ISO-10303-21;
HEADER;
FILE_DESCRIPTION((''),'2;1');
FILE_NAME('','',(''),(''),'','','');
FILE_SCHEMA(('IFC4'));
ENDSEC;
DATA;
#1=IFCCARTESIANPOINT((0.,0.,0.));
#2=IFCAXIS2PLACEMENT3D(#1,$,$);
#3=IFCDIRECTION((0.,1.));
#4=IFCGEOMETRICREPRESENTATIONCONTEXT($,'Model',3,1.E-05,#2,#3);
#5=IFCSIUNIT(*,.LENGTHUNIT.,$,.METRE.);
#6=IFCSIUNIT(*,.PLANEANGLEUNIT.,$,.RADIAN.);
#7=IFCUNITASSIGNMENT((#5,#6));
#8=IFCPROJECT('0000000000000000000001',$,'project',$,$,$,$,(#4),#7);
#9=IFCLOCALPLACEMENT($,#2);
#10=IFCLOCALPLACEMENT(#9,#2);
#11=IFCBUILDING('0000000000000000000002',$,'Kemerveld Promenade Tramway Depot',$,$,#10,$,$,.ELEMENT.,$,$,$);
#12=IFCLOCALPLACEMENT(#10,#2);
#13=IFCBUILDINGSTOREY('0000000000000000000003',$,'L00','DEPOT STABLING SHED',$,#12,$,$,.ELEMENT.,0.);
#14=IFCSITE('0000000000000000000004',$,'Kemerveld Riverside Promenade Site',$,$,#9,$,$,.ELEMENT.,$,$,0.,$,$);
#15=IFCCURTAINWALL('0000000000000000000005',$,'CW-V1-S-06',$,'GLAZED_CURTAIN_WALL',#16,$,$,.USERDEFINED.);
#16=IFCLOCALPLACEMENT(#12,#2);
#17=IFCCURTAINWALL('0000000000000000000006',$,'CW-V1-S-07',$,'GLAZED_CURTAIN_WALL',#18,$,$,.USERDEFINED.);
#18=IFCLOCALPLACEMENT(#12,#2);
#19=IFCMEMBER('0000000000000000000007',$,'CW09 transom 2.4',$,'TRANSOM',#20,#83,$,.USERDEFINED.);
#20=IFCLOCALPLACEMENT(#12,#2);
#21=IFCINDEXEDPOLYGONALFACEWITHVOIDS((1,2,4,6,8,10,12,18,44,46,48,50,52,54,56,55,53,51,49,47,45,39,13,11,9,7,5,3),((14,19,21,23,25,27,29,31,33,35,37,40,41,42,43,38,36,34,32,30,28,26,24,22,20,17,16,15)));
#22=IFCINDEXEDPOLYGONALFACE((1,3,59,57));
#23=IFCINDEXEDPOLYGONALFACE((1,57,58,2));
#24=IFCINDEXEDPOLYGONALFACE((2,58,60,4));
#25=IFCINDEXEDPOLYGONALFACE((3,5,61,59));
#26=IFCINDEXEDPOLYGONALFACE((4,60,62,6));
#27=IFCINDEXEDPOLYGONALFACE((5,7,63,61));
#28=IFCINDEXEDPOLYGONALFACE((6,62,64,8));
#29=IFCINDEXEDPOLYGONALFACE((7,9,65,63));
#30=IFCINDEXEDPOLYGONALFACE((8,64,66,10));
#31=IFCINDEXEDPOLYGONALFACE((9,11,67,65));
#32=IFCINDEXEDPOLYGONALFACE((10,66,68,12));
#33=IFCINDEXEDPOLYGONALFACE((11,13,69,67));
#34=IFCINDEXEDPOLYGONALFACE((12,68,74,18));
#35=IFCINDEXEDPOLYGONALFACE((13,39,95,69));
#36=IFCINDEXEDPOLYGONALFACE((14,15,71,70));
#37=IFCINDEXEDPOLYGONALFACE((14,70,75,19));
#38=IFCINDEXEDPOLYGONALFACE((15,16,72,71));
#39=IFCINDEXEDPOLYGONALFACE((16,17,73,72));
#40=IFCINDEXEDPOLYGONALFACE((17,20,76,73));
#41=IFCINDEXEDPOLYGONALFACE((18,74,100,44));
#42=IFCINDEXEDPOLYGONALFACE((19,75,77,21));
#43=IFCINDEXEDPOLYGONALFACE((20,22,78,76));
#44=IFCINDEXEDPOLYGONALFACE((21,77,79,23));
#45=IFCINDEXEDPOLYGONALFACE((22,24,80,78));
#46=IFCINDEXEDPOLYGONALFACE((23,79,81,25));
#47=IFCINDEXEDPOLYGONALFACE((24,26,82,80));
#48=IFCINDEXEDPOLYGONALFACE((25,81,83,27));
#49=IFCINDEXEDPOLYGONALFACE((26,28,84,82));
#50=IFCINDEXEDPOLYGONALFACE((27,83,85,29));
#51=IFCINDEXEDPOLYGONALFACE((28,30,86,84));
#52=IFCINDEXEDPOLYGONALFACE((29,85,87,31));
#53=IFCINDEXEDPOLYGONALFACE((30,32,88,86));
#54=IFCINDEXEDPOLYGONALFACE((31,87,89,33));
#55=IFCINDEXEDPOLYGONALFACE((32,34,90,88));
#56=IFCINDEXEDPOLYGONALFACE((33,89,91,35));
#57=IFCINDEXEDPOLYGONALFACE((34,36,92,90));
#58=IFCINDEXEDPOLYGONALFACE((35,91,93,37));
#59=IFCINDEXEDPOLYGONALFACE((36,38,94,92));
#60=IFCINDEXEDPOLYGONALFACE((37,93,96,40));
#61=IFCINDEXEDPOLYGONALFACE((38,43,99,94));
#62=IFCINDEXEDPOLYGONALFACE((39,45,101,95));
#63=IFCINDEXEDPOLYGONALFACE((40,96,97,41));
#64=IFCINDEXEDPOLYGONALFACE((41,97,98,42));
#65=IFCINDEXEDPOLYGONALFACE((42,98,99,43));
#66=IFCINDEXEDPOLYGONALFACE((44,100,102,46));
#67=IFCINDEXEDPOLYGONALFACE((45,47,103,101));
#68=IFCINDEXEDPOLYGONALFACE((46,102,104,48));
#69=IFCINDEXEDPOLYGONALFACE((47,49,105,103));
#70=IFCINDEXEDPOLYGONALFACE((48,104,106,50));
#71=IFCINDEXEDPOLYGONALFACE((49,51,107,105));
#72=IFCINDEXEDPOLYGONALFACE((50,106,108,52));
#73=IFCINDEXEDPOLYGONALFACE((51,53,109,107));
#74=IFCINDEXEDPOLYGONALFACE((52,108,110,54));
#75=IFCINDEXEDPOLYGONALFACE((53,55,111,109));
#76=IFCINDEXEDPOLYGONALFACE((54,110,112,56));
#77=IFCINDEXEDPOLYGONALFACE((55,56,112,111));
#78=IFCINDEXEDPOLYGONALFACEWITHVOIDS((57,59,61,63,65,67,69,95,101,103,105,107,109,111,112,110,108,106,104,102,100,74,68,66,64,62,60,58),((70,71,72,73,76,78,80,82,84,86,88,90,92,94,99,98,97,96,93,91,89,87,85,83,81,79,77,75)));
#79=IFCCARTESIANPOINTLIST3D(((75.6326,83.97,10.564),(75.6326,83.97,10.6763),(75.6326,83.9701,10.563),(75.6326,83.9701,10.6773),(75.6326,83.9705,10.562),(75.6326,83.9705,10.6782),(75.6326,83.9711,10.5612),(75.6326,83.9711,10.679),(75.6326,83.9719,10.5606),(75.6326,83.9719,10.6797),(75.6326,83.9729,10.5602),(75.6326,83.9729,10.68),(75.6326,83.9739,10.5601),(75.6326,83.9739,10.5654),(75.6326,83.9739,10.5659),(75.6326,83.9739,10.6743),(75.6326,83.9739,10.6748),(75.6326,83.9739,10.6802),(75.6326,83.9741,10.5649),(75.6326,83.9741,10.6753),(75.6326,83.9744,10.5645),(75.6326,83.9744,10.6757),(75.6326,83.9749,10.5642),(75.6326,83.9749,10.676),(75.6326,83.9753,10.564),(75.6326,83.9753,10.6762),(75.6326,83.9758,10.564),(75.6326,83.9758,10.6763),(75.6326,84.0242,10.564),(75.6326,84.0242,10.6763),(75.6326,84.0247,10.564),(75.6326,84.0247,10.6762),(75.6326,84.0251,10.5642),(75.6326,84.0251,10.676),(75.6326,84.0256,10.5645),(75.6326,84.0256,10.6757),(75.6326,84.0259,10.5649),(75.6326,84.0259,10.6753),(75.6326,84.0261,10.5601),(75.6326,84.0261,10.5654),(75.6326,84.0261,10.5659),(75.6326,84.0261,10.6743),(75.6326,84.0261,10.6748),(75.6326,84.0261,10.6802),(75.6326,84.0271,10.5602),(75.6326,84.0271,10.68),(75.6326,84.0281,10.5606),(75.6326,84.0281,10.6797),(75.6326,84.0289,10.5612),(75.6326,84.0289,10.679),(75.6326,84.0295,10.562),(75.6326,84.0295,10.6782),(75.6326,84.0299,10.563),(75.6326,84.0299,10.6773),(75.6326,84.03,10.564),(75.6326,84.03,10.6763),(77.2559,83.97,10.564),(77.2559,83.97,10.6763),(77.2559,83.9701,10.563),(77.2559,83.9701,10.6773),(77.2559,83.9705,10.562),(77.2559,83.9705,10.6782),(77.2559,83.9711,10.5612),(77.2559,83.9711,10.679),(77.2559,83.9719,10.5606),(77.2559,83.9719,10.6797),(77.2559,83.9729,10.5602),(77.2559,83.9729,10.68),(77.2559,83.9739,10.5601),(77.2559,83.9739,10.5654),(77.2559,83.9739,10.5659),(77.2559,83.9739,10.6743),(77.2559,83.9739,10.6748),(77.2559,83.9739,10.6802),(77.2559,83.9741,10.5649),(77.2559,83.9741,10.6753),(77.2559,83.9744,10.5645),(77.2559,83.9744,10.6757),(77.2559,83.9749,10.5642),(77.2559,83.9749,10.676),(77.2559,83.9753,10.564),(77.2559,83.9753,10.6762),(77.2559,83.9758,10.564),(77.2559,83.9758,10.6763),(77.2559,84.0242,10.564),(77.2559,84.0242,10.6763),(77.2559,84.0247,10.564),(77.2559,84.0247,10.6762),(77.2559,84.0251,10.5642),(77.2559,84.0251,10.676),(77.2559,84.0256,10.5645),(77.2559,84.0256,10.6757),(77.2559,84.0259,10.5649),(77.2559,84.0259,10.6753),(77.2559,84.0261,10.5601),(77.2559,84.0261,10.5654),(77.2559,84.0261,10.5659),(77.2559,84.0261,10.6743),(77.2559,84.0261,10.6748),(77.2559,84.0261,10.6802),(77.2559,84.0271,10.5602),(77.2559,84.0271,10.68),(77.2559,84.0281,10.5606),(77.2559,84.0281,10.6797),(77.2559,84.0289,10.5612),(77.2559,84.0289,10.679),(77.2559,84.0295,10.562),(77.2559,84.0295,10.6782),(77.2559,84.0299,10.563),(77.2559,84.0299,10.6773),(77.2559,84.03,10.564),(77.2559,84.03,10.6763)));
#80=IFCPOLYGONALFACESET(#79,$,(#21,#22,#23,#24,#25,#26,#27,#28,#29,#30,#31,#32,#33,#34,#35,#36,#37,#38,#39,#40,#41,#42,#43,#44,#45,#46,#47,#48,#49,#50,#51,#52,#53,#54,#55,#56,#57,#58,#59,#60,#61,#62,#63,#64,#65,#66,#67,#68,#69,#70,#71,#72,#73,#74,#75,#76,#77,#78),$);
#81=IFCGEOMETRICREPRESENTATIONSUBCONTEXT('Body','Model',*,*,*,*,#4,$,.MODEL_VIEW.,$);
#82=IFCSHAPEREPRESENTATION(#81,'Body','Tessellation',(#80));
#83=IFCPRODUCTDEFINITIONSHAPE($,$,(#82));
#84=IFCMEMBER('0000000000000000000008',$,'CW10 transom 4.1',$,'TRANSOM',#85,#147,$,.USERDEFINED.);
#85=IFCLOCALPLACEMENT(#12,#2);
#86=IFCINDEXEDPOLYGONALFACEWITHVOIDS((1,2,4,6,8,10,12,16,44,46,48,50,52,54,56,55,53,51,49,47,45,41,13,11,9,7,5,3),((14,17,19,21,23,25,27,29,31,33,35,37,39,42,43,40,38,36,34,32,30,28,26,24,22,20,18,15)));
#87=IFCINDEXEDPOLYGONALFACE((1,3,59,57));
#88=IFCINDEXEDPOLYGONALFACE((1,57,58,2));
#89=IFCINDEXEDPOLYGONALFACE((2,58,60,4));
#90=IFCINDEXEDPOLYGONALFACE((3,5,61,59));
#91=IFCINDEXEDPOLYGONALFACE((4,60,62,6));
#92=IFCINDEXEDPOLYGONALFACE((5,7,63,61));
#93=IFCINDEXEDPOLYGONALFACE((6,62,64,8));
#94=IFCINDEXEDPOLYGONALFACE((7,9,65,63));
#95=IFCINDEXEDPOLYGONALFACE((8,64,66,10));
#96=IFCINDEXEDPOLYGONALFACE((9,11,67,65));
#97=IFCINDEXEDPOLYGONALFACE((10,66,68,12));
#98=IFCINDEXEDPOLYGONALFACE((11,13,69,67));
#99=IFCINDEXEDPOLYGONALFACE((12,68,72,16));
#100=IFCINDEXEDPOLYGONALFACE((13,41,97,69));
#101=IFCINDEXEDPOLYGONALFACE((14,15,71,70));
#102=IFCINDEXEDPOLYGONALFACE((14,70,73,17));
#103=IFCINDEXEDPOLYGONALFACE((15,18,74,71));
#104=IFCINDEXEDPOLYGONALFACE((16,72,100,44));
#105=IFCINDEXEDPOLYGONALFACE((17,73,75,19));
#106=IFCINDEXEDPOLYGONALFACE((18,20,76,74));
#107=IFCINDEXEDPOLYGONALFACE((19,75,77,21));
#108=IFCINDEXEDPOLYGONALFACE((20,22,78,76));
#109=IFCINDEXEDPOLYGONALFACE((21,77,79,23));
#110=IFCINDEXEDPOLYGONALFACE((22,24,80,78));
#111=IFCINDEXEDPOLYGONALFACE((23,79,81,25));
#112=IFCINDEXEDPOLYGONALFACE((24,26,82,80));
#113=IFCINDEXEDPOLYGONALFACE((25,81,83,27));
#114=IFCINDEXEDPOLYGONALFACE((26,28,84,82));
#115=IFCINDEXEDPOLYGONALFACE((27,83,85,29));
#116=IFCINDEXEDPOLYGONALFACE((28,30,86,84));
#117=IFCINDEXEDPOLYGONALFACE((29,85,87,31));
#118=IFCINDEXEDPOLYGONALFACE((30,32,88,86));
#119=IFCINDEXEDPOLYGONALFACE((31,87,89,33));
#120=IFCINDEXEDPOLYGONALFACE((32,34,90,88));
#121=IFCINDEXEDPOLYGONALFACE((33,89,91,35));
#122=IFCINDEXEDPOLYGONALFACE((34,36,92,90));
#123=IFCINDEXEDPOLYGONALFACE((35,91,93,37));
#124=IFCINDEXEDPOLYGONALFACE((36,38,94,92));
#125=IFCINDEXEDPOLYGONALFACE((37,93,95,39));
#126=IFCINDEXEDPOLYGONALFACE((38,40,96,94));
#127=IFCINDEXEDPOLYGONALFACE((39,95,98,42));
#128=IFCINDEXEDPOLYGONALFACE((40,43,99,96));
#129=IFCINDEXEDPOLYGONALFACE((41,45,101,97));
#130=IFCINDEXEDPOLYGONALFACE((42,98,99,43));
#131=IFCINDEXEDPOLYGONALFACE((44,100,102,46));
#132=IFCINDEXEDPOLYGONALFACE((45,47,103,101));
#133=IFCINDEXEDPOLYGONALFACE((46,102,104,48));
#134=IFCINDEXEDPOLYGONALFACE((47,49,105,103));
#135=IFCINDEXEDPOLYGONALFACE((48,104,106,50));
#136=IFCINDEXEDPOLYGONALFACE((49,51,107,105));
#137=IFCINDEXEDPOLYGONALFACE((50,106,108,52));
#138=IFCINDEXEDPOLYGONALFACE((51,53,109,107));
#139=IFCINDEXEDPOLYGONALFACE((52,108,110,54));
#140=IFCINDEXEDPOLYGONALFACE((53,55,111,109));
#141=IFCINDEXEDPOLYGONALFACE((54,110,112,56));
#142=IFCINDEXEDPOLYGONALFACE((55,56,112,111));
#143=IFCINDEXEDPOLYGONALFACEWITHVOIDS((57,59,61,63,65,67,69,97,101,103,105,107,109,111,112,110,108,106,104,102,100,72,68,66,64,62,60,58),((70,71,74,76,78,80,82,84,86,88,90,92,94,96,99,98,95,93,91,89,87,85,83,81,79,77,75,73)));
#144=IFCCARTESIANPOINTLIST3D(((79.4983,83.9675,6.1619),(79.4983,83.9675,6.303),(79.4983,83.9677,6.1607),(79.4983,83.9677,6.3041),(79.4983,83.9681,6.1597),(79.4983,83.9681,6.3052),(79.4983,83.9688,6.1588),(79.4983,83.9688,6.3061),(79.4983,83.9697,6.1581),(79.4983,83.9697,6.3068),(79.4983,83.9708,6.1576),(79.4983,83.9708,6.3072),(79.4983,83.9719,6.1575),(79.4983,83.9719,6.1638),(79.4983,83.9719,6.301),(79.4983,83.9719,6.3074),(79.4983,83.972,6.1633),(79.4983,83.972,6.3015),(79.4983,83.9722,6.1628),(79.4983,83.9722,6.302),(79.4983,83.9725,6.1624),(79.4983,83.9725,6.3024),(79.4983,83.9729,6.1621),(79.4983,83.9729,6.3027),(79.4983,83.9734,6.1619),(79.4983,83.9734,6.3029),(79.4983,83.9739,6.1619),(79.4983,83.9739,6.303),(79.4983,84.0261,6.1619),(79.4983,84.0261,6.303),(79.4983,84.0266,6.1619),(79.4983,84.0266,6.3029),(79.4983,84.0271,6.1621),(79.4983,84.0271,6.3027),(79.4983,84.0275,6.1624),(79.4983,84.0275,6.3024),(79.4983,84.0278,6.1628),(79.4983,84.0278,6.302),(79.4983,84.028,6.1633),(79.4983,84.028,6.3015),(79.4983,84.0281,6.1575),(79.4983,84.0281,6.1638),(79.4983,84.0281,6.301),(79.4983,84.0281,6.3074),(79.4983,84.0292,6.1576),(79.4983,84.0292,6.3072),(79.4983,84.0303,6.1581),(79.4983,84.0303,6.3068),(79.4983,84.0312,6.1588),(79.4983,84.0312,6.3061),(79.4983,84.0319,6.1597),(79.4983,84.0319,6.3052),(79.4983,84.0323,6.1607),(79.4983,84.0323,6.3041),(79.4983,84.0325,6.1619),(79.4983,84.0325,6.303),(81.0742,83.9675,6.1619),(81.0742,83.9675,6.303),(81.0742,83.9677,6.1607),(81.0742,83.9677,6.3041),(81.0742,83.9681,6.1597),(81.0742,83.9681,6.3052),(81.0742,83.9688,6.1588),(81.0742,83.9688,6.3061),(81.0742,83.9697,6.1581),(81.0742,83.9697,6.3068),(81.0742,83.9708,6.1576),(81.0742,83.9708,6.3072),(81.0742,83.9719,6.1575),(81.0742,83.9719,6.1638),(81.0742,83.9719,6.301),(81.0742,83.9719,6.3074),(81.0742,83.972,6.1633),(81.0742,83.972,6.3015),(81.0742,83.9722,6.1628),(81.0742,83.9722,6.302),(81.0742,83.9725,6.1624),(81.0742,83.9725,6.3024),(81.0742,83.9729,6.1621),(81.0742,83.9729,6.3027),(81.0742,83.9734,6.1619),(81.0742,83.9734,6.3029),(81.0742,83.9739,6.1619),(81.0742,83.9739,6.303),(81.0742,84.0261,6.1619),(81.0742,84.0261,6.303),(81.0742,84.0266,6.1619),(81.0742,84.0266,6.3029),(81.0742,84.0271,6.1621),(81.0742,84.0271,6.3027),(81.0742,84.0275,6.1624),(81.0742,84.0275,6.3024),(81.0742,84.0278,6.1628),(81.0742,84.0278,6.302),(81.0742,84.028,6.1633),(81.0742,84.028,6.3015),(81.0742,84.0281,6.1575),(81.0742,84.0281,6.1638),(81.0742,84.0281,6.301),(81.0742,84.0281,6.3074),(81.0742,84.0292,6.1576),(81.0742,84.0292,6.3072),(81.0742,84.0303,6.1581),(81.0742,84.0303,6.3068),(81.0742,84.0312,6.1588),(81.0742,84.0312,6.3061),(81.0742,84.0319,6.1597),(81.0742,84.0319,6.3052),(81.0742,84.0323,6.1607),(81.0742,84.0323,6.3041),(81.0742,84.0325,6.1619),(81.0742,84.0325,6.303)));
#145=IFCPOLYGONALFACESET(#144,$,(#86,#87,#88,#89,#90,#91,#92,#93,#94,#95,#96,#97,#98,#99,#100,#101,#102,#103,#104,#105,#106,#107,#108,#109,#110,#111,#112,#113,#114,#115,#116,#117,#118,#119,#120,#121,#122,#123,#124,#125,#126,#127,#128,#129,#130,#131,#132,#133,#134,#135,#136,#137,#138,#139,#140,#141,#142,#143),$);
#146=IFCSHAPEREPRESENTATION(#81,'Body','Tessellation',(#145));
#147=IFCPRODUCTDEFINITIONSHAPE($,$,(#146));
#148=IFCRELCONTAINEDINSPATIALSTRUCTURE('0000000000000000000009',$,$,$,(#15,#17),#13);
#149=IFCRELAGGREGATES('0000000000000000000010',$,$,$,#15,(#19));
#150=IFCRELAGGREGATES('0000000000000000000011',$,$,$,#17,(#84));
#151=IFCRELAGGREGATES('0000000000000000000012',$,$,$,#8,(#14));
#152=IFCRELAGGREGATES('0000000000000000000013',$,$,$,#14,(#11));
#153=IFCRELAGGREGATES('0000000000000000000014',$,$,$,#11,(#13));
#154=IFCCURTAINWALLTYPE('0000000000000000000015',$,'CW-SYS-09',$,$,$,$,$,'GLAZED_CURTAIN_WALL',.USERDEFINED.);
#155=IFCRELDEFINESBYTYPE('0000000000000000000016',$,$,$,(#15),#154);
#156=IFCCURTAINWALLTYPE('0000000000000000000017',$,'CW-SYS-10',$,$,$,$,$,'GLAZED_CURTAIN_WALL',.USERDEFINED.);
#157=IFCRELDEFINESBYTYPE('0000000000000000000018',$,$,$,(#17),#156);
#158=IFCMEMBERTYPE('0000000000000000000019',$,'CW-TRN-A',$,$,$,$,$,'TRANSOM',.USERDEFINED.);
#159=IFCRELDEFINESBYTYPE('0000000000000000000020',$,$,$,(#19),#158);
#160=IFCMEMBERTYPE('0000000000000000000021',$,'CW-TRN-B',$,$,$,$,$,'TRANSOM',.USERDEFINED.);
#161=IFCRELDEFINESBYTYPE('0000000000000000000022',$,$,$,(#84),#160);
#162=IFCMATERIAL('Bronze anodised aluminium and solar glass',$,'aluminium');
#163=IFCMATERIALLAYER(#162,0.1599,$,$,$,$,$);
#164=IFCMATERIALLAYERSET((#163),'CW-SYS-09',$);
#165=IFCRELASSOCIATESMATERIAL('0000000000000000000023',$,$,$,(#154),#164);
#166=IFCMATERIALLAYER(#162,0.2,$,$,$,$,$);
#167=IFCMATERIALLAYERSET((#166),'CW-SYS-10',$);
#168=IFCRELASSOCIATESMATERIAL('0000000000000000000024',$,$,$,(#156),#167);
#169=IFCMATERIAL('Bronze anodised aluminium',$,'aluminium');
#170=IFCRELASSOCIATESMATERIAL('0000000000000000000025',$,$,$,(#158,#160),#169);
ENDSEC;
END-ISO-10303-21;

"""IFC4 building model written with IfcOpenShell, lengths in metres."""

from ifc_helpers import new_model, si_unit, direction, frame, origin, origin_2d, place, context, subcontext, project, spatial, hollow_rectangle, extrude, material, layer, layer_set, material_profile, profile_set, type_object, element, aggregate, save


model = new_model("IFC4")

# Units and contexts
model_context = context("Model", 3, precision=1e-05, world=origin(), true_north=direction((0.0, 1.0)))
body_context = subcontext(model_context, "Body", "Model", "MODEL_VIEW")
ifc_project = project(units=[si_unit("LENGTHUNIT", "METRE"), si_unit("PLANEANGLEUNIT", "RADIAN")], contexts=[model_context])

# Site, building, storey
site_placement = place(None, origin())
site = spatial("IfcSite", under=ifc_project, at=site_placement, Name="Kemerveld Riverside Promenade Site", CompositionType="ELEMENT", RefElevation=0.0)
building_placement = place(site_placement, origin())
building = spatial("IfcBuilding", under=site, at=building_placement, Name="Kemerveld Promenade Tramway Depot", CompositionType="ELEMENT")
storey_placement = place(building_placement, origin())
storey = spatial("IfcBuildingStorey", under=building, at=storey_placement, Name="L00", Description="DEPOT STABLING SHED", CompositionType="ELEMENT", Elevation=0.0)

# Curtain wall
ifc_material_1 = material(Name="Bronze anodised aluminium and solar glass", Category="aluminium")
ifc_layer_1 = layer(ifc_material_1, 0.1599)
ifc_layer_set_1 = layer_set([ifc_layer_1], Name="CW-SYS-09")
curtain_wall_type_1 = type_object("IfcCurtainWallType", Name="CW-SYS-09", ElementType="GLAZED_CURTAIN_WALL", PredefinedType="USERDEFINED", material=ifc_layer_set_1)
curtain_wall_1_placement = place(storey_placement, origin())
curtain_wall_1 = element("IfcCurtainWall", 1, at=curtain_wall_1_placement, inside=storey, type_object=curtain_wall_type_1, Name="CW-V1-S-06", ObjectType="GLAZED_CURTAIN_WALL", PredefinedType="USERDEFINED")
ifc_material_2 = material(Name="Bronze anodised aluminium", Category="aluminium")

# Curtain wall
ifc_layer_2 = layer(ifc_material_1, 0.2)
ifc_layer_set_2 = layer_set([ifc_layer_2], Name="CW-SYS-10")
curtain_wall_type_2 = type_object("IfcCurtainWallType", Name="CW-SYS-10", ElementType="GLAZED_CURTAIN_WALL", PredefinedType="USERDEFINED", material=ifc_layer_set_2)
curtain_wall_2_placement = place(storey_placement, origin())
curtain_wall_2 = element("IfcCurtainWall", 2, at=curtain_wall_2_placement, inside=storey, type_object=curtain_wall_type_2, Name="CW-V1-S-07", ObjectType="GLAZED_CURTAIN_WALL", PredefinedType="USERDEFINED")

# Members
ifc_material_profile_1 = material_profile(ifc_material_2, hollow_rectangle(XDim=0.0601, YDim=0.1201, WallThickness=0.0039, InnerFilletRadius=0.002, OuterFilletRadius=0.0039, at=origin_2d()), Name="CW-TRN-120x60")
ifc_profile_set_1 = profile_set([ifc_material_profile_1], Name="Bronze anodised aluminium")
member_type_1 = type_object("IfcMemberType", Name="CW-TRN-A", ElementType="TRANSOM", PredefinedType="USERDEFINED", material=ifc_profile_set_1)
member_1_placement = place(storey_placement, frame((77.2559, 84.0, 10.6201), z_axis=(-1.0, 0.0, 0.0), x_axis=(0.0, -1.0, 0.0)))
member_1 = element("IfcMember", 3, at=member_1_placement, type_object=member_type_1, Name="CW09 transom 2.4", ObjectType="TRANSOM", PredefinedType="USERDEFINED", context=body_context, shape_type="SweptSolid", body=[
    extrude(hollow_rectangle(XDim=0.0601, YDim=0.1201, WallThickness=0.0039, InnerFilletRadius=0.002, OuterFilletRadius=0.0039, at=origin_2d()), origin(), (0.0, 0.0, 1.0), 1.6233),
])
ifc_material_profile_2 = material_profile(ifc_material_2, hollow_rectangle(XDim=0.0649, YDim=0.1499, WallThickness=0.0044, InnerFilletRadius=0.002, OuterFilletRadius=0.0044, at=origin_2d()), Name="CW-TRN-150x65")
ifc_profile_set_2 = profile_set([ifc_material_profile_2], Name="Bronze anodised aluminium")
member_type_2 = type_object("IfcMemberType", Name="CW-TRN-B", ElementType="TRANSOM", PredefinedType="USERDEFINED", material=ifc_profile_set_2)
member_2_placement = place(storey_placement, frame((81.0742, 84.0, 6.2324), z_axis=(-1.0, 0.0, 0.0), x_axis=(0.0, -1.0, 0.0)))
member_2 = element("IfcMember", 4, at=member_2_placement, type_object=member_type_2, Name="CW10 transom 4.1", ObjectType="TRANSOM", PredefinedType="USERDEFINED", context=body_context, shape_type="SweptSolid", body=[
    extrude(hollow_rectangle(XDim=0.0649, YDim=0.1499, WallThickness=0.0044, InnerFilletRadius=0.002, OuterFilletRadius=0.0044, at=origin_2d()), origin(), (0.0, 0.0, 1.0), 1.5759),
])

aggregate(curtain_wall_1, [member_1])
aggregate(curtain_wall_2, [member_2])

save(model, "model.ifc")
